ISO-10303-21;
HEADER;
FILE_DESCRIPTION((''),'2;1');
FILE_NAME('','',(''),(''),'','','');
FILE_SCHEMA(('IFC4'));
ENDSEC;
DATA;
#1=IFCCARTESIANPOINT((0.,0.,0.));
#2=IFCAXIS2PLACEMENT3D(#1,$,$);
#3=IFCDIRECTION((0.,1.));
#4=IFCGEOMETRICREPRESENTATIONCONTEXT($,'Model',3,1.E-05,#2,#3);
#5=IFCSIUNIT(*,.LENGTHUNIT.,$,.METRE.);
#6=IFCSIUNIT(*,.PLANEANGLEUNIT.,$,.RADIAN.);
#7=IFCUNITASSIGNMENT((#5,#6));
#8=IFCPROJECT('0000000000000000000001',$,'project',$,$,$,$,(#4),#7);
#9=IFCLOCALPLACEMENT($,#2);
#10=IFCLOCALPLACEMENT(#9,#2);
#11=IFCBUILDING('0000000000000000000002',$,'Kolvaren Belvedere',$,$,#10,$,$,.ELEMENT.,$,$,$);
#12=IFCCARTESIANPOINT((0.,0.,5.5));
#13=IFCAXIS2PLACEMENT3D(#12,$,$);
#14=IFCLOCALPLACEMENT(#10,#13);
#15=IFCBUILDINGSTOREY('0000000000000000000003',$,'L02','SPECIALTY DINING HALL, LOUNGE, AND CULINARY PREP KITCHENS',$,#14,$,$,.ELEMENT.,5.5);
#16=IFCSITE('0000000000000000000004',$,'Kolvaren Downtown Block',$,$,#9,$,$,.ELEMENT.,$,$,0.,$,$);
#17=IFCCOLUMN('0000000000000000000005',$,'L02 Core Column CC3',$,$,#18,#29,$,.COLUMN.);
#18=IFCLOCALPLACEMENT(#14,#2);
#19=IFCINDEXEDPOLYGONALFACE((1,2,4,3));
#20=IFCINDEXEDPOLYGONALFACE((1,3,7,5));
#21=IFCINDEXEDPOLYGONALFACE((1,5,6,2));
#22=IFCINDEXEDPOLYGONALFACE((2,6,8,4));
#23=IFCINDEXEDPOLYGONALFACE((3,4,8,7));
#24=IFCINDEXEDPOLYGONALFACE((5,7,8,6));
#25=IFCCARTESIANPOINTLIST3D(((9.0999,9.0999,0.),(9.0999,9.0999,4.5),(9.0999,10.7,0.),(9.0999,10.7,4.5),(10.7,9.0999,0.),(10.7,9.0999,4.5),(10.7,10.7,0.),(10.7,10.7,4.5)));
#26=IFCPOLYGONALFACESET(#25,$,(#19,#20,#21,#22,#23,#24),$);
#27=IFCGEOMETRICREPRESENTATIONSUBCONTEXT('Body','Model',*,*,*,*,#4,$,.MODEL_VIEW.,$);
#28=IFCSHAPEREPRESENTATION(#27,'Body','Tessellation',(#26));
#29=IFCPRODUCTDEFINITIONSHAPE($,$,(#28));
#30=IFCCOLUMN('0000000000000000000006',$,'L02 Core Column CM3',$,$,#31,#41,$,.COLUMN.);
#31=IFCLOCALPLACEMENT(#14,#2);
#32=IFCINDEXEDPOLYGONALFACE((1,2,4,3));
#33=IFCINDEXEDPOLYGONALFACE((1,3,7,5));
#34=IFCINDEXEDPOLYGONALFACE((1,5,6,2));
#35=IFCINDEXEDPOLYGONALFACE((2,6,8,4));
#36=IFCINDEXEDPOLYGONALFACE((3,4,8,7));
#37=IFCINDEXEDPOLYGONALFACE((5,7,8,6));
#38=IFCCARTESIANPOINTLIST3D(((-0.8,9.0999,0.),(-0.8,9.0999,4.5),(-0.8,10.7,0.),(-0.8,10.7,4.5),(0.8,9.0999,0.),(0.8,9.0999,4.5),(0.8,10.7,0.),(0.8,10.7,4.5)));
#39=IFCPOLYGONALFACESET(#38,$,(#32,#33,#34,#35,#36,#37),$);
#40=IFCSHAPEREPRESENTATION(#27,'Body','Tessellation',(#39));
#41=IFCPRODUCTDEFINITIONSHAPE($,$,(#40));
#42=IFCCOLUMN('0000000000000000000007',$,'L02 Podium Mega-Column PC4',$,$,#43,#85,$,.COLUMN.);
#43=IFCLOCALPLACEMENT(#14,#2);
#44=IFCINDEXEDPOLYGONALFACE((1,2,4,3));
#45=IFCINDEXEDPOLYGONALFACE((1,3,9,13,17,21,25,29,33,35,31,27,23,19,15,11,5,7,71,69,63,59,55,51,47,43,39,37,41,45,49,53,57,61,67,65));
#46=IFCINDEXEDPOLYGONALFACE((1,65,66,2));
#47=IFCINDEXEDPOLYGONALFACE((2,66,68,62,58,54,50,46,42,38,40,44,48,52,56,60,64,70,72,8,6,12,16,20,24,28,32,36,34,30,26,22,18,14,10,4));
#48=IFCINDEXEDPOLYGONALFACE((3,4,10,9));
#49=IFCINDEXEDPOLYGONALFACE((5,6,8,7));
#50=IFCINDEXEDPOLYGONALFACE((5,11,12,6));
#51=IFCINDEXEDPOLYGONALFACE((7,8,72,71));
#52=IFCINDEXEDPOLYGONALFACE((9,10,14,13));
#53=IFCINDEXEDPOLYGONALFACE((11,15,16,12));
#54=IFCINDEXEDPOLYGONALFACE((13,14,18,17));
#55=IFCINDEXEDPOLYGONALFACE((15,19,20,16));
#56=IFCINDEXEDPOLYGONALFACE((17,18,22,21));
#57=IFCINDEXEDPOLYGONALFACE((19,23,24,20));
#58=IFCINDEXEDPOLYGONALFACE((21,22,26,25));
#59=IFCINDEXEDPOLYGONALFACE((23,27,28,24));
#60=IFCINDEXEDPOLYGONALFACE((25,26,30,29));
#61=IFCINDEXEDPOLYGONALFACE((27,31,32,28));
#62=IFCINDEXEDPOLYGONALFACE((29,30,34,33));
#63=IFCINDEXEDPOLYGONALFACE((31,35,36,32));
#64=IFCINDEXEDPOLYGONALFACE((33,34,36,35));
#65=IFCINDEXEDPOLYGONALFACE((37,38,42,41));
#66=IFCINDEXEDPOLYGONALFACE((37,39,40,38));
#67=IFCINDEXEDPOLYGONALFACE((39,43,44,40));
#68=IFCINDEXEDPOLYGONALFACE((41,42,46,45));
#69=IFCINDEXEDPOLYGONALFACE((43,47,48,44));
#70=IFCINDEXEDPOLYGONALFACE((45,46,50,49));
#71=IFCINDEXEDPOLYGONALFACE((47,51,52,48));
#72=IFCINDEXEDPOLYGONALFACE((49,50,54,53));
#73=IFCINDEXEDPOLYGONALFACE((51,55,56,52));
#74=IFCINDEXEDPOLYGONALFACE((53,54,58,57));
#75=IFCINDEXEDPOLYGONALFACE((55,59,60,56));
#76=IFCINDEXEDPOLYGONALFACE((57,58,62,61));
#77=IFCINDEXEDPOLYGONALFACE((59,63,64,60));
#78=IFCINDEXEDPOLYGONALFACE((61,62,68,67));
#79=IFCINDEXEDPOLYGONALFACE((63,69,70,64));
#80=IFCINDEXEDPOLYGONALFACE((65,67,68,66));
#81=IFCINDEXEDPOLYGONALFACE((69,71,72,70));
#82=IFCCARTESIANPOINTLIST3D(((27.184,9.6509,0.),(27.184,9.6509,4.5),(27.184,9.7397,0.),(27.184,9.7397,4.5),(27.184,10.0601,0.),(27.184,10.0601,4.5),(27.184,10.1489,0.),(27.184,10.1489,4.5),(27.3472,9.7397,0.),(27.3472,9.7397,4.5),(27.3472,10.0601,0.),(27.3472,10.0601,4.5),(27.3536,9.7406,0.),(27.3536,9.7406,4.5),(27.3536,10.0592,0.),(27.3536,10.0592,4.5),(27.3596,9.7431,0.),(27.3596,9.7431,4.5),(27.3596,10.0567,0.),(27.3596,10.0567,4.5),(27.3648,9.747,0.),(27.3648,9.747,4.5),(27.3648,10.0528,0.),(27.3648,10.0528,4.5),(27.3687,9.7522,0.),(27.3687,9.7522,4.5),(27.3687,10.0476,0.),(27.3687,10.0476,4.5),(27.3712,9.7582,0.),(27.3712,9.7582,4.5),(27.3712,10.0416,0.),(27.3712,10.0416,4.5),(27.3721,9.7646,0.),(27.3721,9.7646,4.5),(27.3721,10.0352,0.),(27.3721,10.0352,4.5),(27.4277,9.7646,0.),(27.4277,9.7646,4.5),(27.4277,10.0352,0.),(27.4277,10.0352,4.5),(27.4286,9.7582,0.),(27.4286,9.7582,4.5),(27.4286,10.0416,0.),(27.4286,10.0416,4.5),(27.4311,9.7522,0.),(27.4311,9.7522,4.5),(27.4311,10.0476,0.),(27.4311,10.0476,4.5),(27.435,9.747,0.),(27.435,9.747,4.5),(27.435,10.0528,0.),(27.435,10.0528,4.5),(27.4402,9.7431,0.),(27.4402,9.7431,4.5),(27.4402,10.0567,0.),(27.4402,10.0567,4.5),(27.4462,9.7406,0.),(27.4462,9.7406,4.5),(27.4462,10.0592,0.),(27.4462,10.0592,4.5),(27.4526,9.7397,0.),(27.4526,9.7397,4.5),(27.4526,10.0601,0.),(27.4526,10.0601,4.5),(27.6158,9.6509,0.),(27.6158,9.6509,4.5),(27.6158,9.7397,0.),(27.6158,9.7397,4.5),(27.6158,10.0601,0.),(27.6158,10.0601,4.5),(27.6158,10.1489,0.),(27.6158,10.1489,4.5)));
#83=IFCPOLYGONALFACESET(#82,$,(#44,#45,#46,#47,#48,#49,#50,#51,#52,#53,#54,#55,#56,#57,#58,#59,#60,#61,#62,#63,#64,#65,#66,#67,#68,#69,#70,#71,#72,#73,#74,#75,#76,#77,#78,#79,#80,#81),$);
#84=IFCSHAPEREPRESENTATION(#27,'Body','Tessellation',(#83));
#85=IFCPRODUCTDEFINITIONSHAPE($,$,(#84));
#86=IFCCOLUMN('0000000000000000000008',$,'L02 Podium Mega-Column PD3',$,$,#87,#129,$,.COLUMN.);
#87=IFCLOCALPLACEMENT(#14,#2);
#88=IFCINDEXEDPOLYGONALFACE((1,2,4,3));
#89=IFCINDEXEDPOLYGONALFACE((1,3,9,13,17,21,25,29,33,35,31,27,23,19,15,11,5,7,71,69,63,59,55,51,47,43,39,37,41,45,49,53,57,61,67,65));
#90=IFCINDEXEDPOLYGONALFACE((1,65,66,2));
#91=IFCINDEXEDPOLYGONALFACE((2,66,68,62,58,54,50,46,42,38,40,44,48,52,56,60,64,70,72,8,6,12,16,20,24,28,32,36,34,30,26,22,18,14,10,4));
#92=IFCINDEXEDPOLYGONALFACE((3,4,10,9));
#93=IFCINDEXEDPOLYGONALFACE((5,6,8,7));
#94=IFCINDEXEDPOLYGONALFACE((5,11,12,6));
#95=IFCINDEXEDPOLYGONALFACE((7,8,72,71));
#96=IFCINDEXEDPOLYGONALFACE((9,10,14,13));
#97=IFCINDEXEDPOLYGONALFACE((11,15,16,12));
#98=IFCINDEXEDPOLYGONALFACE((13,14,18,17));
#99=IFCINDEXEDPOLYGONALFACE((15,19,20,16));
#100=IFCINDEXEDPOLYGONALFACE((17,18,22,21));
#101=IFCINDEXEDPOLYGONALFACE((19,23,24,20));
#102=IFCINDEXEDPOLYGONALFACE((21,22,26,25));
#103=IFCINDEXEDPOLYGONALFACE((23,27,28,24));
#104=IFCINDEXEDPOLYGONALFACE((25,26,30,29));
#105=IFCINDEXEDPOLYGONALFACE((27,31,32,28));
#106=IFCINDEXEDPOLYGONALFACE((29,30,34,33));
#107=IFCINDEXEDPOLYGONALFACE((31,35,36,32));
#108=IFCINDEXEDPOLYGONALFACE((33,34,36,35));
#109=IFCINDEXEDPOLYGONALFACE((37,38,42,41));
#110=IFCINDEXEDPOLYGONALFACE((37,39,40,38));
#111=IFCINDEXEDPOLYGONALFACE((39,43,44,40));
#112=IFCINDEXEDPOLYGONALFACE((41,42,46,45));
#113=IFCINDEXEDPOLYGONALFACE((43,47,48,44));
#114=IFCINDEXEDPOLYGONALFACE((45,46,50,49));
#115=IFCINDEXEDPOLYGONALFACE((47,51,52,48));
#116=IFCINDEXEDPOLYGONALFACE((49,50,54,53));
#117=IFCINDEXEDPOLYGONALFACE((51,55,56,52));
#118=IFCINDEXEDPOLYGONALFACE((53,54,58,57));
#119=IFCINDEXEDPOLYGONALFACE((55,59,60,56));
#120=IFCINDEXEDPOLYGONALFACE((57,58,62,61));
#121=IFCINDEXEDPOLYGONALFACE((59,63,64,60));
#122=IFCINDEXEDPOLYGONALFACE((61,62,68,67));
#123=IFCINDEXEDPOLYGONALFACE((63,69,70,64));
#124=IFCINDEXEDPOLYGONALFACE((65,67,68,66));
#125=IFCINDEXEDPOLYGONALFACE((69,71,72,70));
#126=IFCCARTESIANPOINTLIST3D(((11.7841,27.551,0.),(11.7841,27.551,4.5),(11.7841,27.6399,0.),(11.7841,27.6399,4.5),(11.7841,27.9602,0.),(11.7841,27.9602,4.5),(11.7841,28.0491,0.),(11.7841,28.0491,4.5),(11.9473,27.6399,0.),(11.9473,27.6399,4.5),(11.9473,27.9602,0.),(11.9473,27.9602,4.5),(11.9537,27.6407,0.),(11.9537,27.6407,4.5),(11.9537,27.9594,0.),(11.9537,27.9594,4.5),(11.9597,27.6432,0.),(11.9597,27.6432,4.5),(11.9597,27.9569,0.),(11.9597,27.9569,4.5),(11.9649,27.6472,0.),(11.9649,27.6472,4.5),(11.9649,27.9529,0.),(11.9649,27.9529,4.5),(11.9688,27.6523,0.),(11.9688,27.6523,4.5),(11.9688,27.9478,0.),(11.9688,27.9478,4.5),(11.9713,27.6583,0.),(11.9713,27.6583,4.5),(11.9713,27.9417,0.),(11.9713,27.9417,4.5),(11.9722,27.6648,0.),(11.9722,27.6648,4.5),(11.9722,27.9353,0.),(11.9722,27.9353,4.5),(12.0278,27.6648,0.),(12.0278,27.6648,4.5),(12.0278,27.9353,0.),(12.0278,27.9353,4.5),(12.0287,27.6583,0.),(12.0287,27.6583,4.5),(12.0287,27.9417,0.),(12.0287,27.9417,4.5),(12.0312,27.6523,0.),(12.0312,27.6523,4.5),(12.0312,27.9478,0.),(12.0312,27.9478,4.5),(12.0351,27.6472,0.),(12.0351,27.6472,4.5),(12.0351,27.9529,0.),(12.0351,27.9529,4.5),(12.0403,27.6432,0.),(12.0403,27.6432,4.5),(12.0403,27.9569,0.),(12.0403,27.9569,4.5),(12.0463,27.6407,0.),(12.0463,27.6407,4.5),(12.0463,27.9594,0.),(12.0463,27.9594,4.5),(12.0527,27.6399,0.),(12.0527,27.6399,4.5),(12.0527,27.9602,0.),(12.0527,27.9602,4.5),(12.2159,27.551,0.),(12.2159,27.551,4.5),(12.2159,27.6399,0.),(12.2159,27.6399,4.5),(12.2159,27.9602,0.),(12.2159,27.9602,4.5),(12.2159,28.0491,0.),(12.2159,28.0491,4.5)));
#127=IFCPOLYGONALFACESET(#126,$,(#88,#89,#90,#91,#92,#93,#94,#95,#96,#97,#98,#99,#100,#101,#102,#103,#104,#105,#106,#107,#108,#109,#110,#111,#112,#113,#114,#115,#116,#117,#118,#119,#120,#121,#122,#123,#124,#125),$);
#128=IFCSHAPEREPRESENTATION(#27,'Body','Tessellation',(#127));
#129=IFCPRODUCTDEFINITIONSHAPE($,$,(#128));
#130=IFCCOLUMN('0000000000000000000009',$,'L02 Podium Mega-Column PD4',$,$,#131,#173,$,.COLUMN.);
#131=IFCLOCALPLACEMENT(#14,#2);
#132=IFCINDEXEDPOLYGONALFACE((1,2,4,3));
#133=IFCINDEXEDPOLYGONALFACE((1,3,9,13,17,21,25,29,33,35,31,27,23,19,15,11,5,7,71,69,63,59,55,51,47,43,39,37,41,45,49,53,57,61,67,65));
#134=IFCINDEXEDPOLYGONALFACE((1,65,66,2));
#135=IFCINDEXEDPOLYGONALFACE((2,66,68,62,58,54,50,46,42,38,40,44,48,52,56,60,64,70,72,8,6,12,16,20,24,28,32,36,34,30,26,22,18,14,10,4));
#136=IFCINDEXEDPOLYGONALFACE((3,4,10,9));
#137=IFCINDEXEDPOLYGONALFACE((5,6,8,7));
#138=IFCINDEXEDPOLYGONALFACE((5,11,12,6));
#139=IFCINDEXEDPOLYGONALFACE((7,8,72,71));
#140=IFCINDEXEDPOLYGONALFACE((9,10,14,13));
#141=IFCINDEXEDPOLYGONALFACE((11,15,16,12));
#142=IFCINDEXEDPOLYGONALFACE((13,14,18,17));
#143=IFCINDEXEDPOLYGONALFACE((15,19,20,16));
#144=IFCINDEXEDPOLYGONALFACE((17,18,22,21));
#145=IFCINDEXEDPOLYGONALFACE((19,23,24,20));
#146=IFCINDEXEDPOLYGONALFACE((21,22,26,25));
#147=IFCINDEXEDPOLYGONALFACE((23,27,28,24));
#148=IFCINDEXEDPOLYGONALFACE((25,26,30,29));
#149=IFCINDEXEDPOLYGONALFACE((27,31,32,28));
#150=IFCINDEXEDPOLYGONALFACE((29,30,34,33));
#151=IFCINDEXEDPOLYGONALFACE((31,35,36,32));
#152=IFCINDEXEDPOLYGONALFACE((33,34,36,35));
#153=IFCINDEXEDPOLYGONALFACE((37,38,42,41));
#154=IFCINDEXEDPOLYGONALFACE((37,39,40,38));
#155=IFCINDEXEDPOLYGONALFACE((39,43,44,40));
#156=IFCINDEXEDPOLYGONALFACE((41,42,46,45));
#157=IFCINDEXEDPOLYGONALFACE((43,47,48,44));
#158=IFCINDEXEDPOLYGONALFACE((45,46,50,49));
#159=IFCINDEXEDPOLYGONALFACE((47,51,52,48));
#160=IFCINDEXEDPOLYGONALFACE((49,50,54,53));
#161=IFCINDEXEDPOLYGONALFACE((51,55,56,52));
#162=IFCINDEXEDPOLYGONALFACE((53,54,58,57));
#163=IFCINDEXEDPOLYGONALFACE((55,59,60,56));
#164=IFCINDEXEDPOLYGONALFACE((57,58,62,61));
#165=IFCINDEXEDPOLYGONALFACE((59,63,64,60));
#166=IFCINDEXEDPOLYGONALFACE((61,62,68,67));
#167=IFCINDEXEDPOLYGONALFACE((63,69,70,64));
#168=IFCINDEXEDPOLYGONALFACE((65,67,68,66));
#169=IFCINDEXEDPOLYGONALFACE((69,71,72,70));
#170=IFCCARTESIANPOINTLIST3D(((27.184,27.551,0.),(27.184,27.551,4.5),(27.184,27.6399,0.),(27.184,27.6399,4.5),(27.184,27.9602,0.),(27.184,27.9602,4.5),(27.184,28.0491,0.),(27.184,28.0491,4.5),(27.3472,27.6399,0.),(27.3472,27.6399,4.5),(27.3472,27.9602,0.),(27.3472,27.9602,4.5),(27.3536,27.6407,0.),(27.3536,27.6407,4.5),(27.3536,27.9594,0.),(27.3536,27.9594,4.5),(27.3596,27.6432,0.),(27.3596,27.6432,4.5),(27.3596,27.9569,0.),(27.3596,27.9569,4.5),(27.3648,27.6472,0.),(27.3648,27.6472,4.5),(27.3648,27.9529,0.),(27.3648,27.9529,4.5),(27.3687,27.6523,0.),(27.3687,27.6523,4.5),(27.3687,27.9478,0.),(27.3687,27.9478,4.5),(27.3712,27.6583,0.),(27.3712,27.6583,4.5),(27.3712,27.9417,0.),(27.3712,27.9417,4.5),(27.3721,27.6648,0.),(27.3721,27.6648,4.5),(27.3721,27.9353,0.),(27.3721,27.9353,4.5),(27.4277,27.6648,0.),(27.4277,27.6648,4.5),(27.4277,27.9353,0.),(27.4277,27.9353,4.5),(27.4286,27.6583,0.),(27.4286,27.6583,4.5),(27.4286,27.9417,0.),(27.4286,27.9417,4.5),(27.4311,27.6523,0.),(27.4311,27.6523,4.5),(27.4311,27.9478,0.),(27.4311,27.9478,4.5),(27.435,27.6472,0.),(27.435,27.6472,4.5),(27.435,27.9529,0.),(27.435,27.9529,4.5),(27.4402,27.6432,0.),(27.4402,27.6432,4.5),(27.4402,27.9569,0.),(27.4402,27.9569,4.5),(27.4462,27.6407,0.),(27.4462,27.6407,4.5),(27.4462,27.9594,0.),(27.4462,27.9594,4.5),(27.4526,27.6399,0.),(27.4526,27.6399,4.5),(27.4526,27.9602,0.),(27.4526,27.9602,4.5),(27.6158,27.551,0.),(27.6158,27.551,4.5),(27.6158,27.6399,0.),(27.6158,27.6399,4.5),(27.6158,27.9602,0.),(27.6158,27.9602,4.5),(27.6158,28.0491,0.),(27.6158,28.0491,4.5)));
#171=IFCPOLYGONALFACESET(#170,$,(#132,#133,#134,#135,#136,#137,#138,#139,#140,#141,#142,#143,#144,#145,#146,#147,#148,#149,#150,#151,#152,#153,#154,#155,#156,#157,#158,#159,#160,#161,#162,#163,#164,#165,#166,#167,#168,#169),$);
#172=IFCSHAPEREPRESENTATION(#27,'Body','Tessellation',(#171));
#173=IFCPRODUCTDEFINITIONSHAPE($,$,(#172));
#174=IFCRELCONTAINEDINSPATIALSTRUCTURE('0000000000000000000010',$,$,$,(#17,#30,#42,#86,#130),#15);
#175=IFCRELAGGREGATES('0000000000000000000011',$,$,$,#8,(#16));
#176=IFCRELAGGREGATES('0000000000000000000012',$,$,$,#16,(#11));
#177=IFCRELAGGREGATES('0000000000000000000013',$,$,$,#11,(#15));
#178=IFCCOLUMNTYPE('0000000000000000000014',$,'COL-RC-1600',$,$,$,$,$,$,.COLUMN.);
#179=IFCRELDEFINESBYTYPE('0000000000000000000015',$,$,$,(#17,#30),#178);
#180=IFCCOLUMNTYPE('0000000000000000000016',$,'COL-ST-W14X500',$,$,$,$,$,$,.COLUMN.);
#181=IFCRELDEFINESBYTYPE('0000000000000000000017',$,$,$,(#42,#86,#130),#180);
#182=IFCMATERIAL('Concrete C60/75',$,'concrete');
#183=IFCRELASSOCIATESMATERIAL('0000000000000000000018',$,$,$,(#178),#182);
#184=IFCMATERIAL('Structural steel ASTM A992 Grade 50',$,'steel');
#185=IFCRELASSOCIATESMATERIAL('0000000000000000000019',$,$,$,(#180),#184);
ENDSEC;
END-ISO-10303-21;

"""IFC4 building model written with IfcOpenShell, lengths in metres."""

from ifc_helpers import new_model, si_unit, direction, frame, origin, origin_2d, place, context, subcontext, project, spatial, rectangle, i_section, extrude, material, material_profile, profile_set, type_object, element, save


model = new_model("IFC4")

# Units and contexts
model_context = context("Model", 3, precision=1e-05, world=origin(), true_north=direction((0.0, 1.0)))
body_context = subcontext(model_context, "Body", "Model", "MODEL_VIEW")
ifc_project = project(units=[si_unit("LENGTHUNIT", "METRE"), si_unit("PLANEANGLEUNIT", "RADIAN")], contexts=[model_context])

# Site, building, storey
site_placement = place(None, origin())
site = spatial("IfcSite", under=ifc_project, at=site_placement, Name="Kolvaren Downtown Block", CompositionType="ELEMENT", RefElevation=0.0)
building_placement = place(site_placement, origin())
building = spatial("IfcBuilding", under=site, at=building_placement, Name="Kolvaren Belvedere", CompositionType="ELEMENT")
storey_placement = place(building_placement, frame((0.0, 0.0, 5.5)))
storey = spatial("IfcBuildingStorey", under=building, at=storey_placement, Name="L02", Description="SPECIALTY DINING HALL, LOUNGE, AND CULINARY PREP KITCHENS", CompositionType="ELEMENT", Elevation=5.5)

# Columns
ifc_material_1 = material(Name="Concrete C60/75", Category="concrete")
ifc_material_profile_1 = material_profile(ifc_material_1, rectangle(XDim=1.6001, YDim=1.6001, at=origin_2d()), Name="RC 1600X1600")
ifc_profile_set_1 = profile_set([ifc_material_profile_1], Name="Concrete C60/75")
column_type_1 = type_object("IfcColumnType", Name="COL-RC-1600", PredefinedType="COLUMN", material=ifc_profile_set_1)
for number, where, z_axis, x_axis, name in (
    (1, (9.8999, 9.8999, 0.0), (0.0, 0.0, 1.0), (1.0, 0.0, 0.0), "L02 Core Column CC3"),
    (2, (0.0, 9.8999, 0.0), (0.0, 0.0, 1.0), (1.0, 0.0, 0.0), "L02 Core Column CM3"),
):
    element("IfcColumn", number, at=place(storey_placement, frame(where, z_axis=z_axis, x_axis=x_axis)), inside=storey, type_object=column_type_1, Name=name, PredefinedType="COLUMN", context=body_context, shape_type="SweptSolid", body=[
        extrude(rectangle(XDim=1.6001, YDim=1.6001, at=origin_2d()), origin(), (0.0, 0.0, 1.0), 4.5),
    ])
ifc_material_2 = material(Name="Structural steel ASTM A992 Grade 50", Category="steel")
ifc_material_profile_2 = material_profile(ifc_material_2, i_section(OverallWidth=0.4319, OverallDepth=0.498, WebThickness=0.0557, FlangeThickness=0.0889, FilletRadius=0.0249, at=origin_2d()), Name="W14X500")
ifc_profile_set_2 = profile_set([ifc_material_profile_2], Name="Structural steel ASTM A992 Grade 50")
column_type_2 = type_object("IfcColumnType", Name="COL-ST-W14X500", PredefinedType="COLUMN", material=ifc_profile_set_2)
for number, where, z_axis, x_axis, name in (
    (3, (27.3999, 9.8999, 0.0), (0.0, 0.0, 1.0), (1.0, 0.0, 0.0), "L02 Podium Mega-Column PC4"),
    (4, (12.0, 27.8, 0.0), (0.0, 0.0, 1.0), (1.0, 0.0, 0.0), "L02 Podium Mega-Column PD3"),
    (5, (27.3999, 27.8, 0.0), (0.0, 0.0, 1.0), (1.0, 0.0, 0.0), "L02 Podium Mega-Column PD4"),
):
    element("IfcColumn", number, at=place(storey_placement, frame(where, z_axis=z_axis, x_axis=x_axis)), inside=storey, type_object=column_type_2, Name=name, PredefinedType="COLUMN", context=body_context, shape_type="SweptSolid", body=[
        extrude(i_section(OverallWidth=0.4319, OverallDepth=0.498, WebThickness=0.0557, FlangeThickness=0.0889, FilletRadius=0.0249, at=origin_2d()), origin(), (0.0, 0.0, 1.0), 4.5),
    ])

save(model, "model.ifc")
